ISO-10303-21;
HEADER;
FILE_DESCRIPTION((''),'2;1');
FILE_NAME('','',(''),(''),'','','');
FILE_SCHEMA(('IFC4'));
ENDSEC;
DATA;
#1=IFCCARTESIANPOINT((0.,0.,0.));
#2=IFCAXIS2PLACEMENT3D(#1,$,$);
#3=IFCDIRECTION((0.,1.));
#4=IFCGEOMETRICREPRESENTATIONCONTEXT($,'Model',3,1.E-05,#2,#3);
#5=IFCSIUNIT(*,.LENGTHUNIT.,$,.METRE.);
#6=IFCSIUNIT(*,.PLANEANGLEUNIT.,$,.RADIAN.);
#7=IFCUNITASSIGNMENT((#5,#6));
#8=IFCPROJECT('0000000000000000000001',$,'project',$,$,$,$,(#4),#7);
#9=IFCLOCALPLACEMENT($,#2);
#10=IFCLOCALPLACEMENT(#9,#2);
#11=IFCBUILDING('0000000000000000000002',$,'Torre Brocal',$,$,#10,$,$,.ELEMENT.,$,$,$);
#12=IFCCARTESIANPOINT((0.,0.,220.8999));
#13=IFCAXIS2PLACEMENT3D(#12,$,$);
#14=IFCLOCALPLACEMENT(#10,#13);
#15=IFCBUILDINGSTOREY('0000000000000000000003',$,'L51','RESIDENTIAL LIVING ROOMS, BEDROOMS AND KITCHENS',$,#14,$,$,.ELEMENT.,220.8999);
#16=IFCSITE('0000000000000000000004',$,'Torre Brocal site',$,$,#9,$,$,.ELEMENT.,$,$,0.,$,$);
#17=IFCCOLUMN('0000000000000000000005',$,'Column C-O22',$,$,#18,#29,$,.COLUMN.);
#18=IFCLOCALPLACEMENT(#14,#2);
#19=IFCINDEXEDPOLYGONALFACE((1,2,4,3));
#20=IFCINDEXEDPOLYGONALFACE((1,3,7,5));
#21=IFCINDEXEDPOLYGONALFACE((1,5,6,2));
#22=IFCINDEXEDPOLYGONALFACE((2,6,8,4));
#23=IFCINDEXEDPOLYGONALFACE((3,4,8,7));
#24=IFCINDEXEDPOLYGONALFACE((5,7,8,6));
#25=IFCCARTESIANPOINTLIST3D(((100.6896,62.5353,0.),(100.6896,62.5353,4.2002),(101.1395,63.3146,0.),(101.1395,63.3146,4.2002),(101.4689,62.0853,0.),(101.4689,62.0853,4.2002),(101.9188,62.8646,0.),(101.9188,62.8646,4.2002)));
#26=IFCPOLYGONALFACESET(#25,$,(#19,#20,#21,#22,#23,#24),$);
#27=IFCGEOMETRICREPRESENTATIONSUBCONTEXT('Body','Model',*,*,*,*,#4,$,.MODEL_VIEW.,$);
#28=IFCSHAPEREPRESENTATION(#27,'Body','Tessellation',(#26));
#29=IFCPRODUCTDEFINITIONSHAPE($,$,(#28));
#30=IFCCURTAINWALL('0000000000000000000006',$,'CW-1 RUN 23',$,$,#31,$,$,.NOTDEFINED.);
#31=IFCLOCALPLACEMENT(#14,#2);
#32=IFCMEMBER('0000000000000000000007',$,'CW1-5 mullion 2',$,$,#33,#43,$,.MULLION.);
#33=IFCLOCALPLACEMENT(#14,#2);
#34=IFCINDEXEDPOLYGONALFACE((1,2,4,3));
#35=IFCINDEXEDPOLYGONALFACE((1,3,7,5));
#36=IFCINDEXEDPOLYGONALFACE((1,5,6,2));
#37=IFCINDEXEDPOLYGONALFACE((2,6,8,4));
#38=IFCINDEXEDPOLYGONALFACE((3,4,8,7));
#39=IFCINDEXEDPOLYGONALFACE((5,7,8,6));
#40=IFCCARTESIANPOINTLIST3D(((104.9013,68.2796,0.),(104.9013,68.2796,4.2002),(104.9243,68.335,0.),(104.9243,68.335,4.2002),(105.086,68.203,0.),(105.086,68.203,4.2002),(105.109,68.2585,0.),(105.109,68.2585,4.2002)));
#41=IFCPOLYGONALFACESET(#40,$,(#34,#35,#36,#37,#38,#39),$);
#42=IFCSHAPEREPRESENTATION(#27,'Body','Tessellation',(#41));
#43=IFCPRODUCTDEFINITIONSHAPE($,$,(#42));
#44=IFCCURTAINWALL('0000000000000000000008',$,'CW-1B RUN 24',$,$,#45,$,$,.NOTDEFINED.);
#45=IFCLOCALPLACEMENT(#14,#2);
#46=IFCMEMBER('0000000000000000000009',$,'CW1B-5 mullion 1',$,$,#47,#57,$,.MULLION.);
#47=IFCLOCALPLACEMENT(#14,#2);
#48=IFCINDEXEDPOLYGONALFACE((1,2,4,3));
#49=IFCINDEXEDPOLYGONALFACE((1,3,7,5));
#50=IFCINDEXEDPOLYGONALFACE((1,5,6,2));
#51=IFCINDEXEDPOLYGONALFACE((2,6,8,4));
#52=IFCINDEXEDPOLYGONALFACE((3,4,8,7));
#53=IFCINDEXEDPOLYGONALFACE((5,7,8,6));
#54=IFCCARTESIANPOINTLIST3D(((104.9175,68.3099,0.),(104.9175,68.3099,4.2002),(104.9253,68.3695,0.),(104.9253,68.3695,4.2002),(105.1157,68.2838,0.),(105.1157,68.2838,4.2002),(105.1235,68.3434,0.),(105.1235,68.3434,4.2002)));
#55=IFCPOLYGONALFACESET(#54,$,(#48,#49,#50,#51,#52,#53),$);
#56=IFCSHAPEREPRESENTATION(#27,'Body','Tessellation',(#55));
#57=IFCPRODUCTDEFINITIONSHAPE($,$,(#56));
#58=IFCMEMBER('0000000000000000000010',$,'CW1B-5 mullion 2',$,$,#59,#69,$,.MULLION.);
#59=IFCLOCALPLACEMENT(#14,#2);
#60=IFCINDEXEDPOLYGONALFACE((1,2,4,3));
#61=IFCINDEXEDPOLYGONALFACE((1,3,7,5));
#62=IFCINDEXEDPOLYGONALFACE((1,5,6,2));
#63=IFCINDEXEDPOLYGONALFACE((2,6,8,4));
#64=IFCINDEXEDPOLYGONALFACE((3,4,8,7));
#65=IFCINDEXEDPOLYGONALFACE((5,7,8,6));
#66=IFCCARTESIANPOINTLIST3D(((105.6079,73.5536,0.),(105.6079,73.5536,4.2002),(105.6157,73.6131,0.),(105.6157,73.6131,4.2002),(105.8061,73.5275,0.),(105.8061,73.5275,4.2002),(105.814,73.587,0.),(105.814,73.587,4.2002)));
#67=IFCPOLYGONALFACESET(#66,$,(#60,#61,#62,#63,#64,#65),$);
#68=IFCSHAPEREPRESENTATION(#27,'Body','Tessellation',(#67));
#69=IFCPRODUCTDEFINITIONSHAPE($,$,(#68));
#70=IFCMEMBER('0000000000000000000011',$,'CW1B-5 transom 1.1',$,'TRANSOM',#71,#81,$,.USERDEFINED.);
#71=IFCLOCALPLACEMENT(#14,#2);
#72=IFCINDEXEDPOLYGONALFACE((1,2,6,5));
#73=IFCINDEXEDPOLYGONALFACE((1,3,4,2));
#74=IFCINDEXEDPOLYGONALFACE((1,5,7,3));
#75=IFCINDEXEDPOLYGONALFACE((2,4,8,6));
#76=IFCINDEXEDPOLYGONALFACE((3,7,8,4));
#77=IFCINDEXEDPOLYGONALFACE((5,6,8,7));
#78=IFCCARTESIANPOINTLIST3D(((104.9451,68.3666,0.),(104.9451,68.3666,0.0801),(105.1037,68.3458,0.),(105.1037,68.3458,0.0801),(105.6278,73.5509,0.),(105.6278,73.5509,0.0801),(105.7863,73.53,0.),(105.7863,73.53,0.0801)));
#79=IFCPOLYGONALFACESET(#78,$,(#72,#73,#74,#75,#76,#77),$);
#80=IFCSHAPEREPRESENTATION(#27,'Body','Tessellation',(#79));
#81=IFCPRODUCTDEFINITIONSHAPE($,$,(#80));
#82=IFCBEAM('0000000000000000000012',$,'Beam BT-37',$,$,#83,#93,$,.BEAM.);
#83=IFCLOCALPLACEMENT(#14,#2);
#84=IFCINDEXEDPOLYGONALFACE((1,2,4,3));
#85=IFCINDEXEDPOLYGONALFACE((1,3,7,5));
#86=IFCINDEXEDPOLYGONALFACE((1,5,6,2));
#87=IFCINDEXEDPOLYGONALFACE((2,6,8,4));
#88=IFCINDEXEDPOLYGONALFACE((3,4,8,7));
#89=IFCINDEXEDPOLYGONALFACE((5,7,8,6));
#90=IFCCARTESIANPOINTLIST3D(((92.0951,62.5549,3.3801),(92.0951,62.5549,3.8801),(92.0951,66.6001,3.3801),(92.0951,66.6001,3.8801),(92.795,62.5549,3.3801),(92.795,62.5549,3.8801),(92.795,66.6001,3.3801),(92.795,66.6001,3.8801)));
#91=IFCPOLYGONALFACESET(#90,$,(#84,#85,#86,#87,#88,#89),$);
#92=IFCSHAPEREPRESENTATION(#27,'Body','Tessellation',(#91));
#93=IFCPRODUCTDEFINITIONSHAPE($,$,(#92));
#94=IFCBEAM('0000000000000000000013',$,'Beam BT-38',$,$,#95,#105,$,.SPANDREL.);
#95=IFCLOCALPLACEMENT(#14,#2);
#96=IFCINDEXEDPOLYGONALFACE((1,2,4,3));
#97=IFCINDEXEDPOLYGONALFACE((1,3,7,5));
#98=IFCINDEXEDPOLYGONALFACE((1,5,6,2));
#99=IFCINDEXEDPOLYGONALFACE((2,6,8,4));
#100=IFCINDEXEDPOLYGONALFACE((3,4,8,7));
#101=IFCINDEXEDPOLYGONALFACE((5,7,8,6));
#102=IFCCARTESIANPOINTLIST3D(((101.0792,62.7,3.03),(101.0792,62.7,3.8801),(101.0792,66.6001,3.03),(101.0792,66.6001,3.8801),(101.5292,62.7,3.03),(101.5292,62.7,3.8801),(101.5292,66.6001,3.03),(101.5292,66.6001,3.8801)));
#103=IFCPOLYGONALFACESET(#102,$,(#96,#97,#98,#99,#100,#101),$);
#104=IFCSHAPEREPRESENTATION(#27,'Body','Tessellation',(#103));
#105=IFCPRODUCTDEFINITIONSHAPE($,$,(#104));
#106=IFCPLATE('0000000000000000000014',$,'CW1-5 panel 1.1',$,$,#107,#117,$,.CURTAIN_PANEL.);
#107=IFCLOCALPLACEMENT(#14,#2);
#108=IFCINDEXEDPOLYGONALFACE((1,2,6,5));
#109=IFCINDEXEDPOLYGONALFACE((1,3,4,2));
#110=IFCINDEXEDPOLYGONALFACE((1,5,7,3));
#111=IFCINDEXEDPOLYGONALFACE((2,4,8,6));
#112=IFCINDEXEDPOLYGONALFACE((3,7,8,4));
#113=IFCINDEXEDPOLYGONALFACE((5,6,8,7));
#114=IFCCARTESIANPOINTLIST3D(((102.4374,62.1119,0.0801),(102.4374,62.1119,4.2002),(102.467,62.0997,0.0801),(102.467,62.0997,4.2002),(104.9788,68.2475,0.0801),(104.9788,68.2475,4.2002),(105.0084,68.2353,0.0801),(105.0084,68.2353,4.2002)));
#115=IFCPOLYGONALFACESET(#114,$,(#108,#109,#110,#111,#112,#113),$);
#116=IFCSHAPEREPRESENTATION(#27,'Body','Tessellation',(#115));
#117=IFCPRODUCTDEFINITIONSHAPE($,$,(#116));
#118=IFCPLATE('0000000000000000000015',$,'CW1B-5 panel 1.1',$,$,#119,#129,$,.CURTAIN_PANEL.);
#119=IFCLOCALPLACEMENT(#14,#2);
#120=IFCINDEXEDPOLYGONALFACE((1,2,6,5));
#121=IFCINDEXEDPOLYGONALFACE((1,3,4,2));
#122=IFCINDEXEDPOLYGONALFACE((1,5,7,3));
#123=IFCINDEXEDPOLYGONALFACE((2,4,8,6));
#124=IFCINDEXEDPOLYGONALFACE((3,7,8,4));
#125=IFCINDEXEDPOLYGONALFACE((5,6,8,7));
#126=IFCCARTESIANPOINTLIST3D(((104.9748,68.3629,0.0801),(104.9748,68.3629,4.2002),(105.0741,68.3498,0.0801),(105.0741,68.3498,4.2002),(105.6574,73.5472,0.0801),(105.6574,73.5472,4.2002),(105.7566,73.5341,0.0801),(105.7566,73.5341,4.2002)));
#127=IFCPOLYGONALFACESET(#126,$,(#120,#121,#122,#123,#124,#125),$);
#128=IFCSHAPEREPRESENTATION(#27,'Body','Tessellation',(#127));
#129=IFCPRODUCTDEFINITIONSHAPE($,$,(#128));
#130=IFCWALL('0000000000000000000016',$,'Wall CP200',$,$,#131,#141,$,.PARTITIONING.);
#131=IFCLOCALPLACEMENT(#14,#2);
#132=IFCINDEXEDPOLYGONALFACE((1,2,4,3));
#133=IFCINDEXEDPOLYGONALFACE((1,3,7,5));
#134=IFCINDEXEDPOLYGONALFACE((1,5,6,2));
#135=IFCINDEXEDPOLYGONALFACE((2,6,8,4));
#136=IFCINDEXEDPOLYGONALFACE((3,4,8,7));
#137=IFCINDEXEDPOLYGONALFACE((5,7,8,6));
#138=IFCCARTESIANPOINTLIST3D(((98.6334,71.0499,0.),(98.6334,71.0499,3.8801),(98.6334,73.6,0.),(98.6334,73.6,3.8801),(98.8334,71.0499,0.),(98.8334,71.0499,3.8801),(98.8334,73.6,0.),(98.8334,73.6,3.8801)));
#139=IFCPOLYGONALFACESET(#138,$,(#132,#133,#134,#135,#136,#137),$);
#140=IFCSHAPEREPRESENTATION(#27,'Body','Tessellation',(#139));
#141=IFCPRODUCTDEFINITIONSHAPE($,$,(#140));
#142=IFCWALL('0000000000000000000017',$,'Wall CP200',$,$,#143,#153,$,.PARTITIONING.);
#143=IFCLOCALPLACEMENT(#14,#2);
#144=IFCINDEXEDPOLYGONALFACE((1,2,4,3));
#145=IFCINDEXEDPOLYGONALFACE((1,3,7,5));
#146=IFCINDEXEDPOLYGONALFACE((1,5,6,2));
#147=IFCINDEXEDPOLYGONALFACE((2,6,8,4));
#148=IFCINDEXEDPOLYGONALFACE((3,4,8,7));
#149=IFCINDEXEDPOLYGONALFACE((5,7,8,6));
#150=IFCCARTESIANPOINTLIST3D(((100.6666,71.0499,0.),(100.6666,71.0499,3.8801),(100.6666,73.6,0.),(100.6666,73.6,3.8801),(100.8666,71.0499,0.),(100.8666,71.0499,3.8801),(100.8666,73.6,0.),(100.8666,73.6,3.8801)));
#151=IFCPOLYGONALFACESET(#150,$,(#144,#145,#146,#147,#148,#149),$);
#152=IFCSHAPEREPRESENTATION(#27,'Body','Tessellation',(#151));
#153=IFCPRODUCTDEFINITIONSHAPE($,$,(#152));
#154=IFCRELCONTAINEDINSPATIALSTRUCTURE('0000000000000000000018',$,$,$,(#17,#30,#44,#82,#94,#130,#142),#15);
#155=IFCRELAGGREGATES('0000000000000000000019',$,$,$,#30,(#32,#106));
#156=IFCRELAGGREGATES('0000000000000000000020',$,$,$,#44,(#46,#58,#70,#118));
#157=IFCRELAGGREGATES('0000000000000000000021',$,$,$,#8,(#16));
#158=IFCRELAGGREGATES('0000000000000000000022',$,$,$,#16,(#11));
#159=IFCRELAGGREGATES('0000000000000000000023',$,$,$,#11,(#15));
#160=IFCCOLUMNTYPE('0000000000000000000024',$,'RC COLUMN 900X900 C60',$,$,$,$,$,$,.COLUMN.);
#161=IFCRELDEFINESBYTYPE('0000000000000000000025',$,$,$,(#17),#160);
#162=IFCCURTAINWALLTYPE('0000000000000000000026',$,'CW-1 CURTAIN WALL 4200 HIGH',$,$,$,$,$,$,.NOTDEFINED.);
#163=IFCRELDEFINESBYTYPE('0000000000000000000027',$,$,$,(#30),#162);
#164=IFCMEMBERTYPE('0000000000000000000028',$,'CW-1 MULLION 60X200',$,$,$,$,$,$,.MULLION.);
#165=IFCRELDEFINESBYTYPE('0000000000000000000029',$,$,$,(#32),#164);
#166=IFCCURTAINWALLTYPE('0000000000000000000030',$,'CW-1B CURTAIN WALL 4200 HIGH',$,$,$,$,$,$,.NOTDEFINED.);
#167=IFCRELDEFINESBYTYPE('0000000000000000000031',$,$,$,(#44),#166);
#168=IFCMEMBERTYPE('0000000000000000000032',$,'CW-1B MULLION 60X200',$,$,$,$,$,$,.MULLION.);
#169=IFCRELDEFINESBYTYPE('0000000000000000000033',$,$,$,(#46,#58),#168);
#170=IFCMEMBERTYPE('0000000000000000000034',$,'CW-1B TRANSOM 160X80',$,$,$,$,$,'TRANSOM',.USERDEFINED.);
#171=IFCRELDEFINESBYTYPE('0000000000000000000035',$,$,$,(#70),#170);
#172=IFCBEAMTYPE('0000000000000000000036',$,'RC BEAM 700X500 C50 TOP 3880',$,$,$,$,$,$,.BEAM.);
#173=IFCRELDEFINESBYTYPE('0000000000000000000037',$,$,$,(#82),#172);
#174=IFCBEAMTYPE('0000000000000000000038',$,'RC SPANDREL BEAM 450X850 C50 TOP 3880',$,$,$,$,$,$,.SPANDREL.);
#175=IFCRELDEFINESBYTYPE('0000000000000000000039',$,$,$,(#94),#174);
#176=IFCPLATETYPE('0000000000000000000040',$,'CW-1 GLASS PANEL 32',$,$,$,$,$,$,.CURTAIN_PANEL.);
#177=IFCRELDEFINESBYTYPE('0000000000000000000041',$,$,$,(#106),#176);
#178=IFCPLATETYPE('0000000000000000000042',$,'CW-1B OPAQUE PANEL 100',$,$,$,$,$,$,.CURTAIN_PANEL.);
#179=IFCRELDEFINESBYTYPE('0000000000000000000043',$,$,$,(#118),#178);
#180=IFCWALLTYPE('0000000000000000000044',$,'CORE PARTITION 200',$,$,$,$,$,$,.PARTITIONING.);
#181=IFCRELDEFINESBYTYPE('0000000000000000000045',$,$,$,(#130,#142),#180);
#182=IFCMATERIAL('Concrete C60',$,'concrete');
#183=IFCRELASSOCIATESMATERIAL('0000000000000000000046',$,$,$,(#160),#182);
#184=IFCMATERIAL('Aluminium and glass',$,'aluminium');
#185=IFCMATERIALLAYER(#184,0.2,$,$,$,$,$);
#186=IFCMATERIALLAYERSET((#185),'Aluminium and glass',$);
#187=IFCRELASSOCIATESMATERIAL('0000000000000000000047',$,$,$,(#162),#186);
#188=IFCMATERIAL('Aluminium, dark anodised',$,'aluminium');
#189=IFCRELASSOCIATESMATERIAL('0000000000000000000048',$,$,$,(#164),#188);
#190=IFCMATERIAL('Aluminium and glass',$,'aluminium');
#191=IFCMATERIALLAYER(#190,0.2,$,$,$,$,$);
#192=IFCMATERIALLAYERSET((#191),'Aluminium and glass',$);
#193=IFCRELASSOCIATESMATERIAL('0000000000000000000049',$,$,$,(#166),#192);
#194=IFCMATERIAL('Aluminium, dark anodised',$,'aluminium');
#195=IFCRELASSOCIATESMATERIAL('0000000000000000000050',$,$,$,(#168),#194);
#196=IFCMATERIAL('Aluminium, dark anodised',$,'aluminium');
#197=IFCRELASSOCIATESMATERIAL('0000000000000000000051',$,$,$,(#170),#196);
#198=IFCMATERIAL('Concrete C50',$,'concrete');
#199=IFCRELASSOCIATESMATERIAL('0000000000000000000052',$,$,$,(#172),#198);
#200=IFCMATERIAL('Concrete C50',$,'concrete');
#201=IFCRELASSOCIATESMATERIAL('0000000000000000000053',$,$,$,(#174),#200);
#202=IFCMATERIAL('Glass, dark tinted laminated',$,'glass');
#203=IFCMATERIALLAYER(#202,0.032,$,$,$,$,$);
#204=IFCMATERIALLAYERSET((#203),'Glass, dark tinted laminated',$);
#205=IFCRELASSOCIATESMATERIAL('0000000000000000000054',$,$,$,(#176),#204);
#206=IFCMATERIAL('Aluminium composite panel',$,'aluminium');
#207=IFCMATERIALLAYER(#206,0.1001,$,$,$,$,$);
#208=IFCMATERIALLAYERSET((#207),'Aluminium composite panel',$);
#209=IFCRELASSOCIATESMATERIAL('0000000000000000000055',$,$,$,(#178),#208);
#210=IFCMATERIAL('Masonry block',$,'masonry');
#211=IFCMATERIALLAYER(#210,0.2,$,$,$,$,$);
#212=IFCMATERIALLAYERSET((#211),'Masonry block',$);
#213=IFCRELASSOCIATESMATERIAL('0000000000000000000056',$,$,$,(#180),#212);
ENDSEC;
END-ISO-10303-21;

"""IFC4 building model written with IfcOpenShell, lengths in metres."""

from ifc_helpers import new_model, si_unit, direction, frame, frame_2d, origin, origin_2d, place, context, subcontext, project, spatial, rectangle, extrude, material, layer, layer_set, material_profile, profile_set, type_object, element, aggregate, save


model = new_model("IFC4")

# Units and contexts
model_context = context("Model", 3, precision=1e-05, world=origin(), true_north=direction((0.0, 1.0)))
body_context = subcontext(model_context, "Body", "Model", "MODEL_VIEW")
ifc_project = project(units=[si_unit("LENGTHUNIT", "METRE"), si_unit("PLANEANGLEUNIT", "RADIAN")], contexts=[model_context])

# Site, building, storey
site_placement = place(None, origin())
site = spatial("IfcSite", under=ifc_project, at=site_placement, Name="Torre Brocal site", CompositionType="ELEMENT", RefElevation=0.0)
building_placement = place(site_placement, origin())
building = spatial("IfcBuilding", under=site, at=building_placement, Name="Torre Brocal", CompositionType="ELEMENT")
storey_placement = place(building_placement, frame((0.0, 0.0, 220.8999)))
storey = spatial("IfcBuildingStorey", under=building, at=storey_placement, Name="L51", Description="RESIDENTIAL LIVING ROOMS, BEDROOMS AND KITCHENS", CompositionType="ELEMENT", Elevation=220.8999)

# Column
ifc_material_1 = material(Name="Concrete C60", Category="concrete")
ifc_material_profile_1 = material_profile(ifc_material_1, rectangle(XDim=0.8999, YDim=0.8999, at=origin_2d()), Name="RC 900X900")
ifc_profile_set_1 = profile_set([ifc_material_profile_1], Name="Concrete C60")
column_type = type_object("IfcColumnType", Name="RC COLUMN 900X900 C60", PredefinedType="COLUMN", material=ifc_profile_set_1)
column_placement = place(storey_placement, frame((101.3042, 62.7, 0.0), z_axis=(0.0, 0.0, 1.0), x_axis=(0.866025, -0.5, 0.0)))
element("IfcColumn", 1, at=column_placement, inside=storey, type_object=column_type, Name="Column C-O22", PredefinedType="COLUMN", context=body_context, shape_type="SweptSolid", body=[
    extrude(rectangle(XDim=0.8999, YDim=0.8999, at=origin_2d()), origin(), (0.0, 0.0, 1.0), 4.2002),
])

# Curtain wall, member
ifc_material_2 = material(Name="Aluminium and glass", Category="aluminium")
ifc_layer_1 = layer(ifc_material_2, 0.2)
ifc_layer_set_1 = layer_set([ifc_layer_1], Name="Aluminium and glass")
curtain_wall_type_1 = type_object("IfcCurtainWallType", Name="CW-1 CURTAIN WALL 4200 HIGH", PredefinedType="NOTDEFINED", material=ifc_layer_set_1)
curtain_wall_1_placement = place(storey_placement, origin())
curtain_wall_1 = element("IfcCurtainWall", 2, at=curtain_wall_1_placement, inside=storey, type_object=curtain_wall_type_1, Name="CW-1 RUN 23", PredefinedType="NOTDEFINED")
ifc_material_3 = material(Name="Aluminium, dark anodised", Category="aluminium")
ifc_material_profile_2 = material_profile(ifc_material_3, rectangle(XDim=0.2, YDim=0.0601, at=origin_2d()), Name="CW-1 MULLION 60X200")
ifc_profile_set_2 = profile_set([ifc_material_profile_2], Name="Aluminium, dark anodised")
member_type_1 = type_object("IfcMemberType", Name="CW-1 MULLION 60X200", PredefinedType="MULLION", material=ifc_profile_set_2)
member_1_placement = place(storey_placement, frame((105.0051, 68.269, 0.0), z_axis=(0.0, 0.0, 1.0), x_axis=(-0.92388, 0.382683, 0.0)))
member_1 = element("IfcMember", 3, at=member_1_placement, type_object=member_type_1, Name="CW1-5 mullion 2", PredefinedType="MULLION", context=body_context, shape_type="SweptSolid", body=[
    extrude(rectangle(XDim=0.2, YDim=0.0601, at=origin_2d()), origin(), (0.0, 0.0, 1.0), 4.2002),
])

# Curtain wall, members
ifc_material_4 = material(Name="Aluminium and glass", Category="aluminium")
ifc_layer_2 = layer(ifc_material_4, 0.2)
ifc_layer_set_2 = layer_set([ifc_layer_2], Name="Aluminium and glass")
curtain_wall_type_2 = type_object("IfcCurtainWallType", Name="CW-1B CURTAIN WALL 4200 HIGH", PredefinedType="NOTDEFINED", material=ifc_layer_set_2)
curtain_wall_2_placement = place(storey_placement, origin())
curtain_wall_2 = element("IfcCurtainWall", 4, at=curtain_wall_2_placement, inside=storey, type_object=curtain_wall_type_2, Name="CW-1B RUN 24", PredefinedType="NOTDEFINED")
ifc_material_5 = material(Name="Aluminium, dark anodised", Category="aluminium")
ifc_material_profile_3 = material_profile(ifc_material_5, rectangle(XDim=0.2, YDim=0.0601, at=origin_2d()), Name="CW-1B MULLION 60X200")
ifc_profile_set_3 = profile_set([ifc_material_profile_3], Name="Aluminium, dark anodised")
member_type_2 = type_object("IfcMemberType", Name="CW-1B MULLION 60X200", PredefinedType="MULLION", material=ifc_profile_set_3)
member_2_placement = place(storey_placement, frame((105.0205, 68.3267, 0.0), z_axis=(0.0, 0.0, 1.0), x_axis=(-0.991445, 0.130526, 0.0)))
member_2 = element("IfcMember", 5, at=member_2_placement, type_object=member_type_2, Name="CW1B-5 mullion 1", PredefinedType="MULLION", context=body_context, shape_type="SweptSolid", body=[
    extrude(rectangle(XDim=0.2, YDim=0.0601, at=origin_2d()), origin(), (0.0, 0.0, 1.0), 4.2002),
])
member_3_placement = place(storey_placement, frame((105.7109, 73.5703, 0.0), z_axis=(0.0, 0.0, 1.0), x_axis=(-0.991445, 0.130526, 0.0)))
member_3 = element("IfcMember", 6, at=member_3_placement, type_object=member_type_2, Name="CW1B-5 mullion 2", PredefinedType="MULLION", context=body_context, shape_type="SweptSolid", body=[
    extrude(rectangle(XDim=0.2, YDim=0.0601, at=origin_2d()), origin(), (0.0, 0.0, 1.0), 4.2002),
])
ifc_material_6 = material(Name="Aluminium, dark anodised", Category="aluminium")
ifc_material_profile_4 = material_profile(ifc_material_6, rectangle(XDim=0.1599, YDim=0.0801, at=origin_2d()), Name="CW-1B TRANSOM 160X80")
ifc_profile_set_4 = profile_set([ifc_material_profile_4], Name="Aluminium, dark anodised")
member_type_3 = type_object("IfcMemberType", Name="CW-1B TRANSOM 160X80", ElementType="TRANSOM", PredefinedType="USERDEFINED", material=ifc_profile_set_4)
member_4_placement = place(storey_placement, frame((105.0244, 68.3562, 0.04), z_axis=(0.130543, 0.991443, 0.0), x_axis=(-0.991443, 0.130543, 0.0)))
member_4 = element("IfcMember", 7, at=member_4_placement, type_object=member_type_3, Name="CW1B-5 transom 1.1", ObjectType="TRANSOM", PredefinedType="USERDEFINED", context=body_context, shape_type="SweptSolid", body=[
    extrude(rectangle(XDim=0.1599, YDim=0.0801, at=origin_2d()), origin(), (0.0, 0.0, 1.0), 5.229),
])

# Beams
ifc_material_7 = material(Name="Concrete C50", Category="concrete")
ifc_material_profile_5 = material_profile(ifc_material_7, rectangle(XDim=0.7, YDim=0.5, at=origin_2d()), Name="RC 700X500")
ifc_profile_set_5 = profile_set([ifc_material_profile_5], Name="Concrete C50")
beam_type_1 = type_object("IfcBeamType", Name="RC BEAM 700X500 C50 TOP 3880", PredefinedType="BEAM", material=ifc_profile_set_5)
beam_1_placement = place(storey_placement, frame((92.4451, 62.5549, 3.6301), z_axis=(0.0, 1.0, 0.0), x_axis=(-1.0, 0.0, 0.0)))
element("IfcBeam", 8, at=beam_1_placement, inside=storey, type_object=beam_type_1, Name="Beam BT-37", PredefinedType="BEAM", context=body_context, shape_type="SweptSolid", body=[
    extrude(rectangle(XDim=0.7, YDim=0.5, at=origin_2d()), origin(), (0.0, 0.0, 1.0), 4.0452),
])
ifc_material_8 = material(Name="Concrete C50", Category="concrete")
ifc_material_profile_6 = material_profile(ifc_material_8, rectangle(XDim=0.45, YDim=0.8501, at=origin_2d()), Name="RC 450X850")
ifc_profile_set_6 = profile_set([ifc_material_profile_6], Name="Concrete C50")
beam_type_2 = type_object("IfcBeamType", Name="RC SPANDREL BEAM 450X850 C50 TOP 3880", PredefinedType="SPANDREL", material=ifc_profile_set_6)
beam_2_placement = place(storey_placement, frame((101.3042, 62.7, 3.4551), z_axis=(0.0, 1.0, 0.0), x_axis=(-1.0, 0.0, 0.0)))
element("IfcBeam", 9, at=beam_2_placement, inside=storey, type_object=beam_type_2, Name="Beam BT-38", PredefinedType="SPANDREL", context=body_context, shape_type="SweptSolid", body=[
    extrude(rectangle(XDim=0.45, YDim=0.8501, at=origin_2d()), origin(), (0.0, 0.0, 1.0), 3.9001),
])

# Plates
ifc_material_9 = material(Name="Glass, dark tinted laminated", Category="glass")
ifc_layer_3 = layer(ifc_material_9, 0.032)
ifc_layer_set_3 = layer_set([ifc_layer_3], Name="Glass, dark tinted laminated")
plate_type_1 = type_object("IfcPlateType", Name="CW-1 GLASS PANEL 32", PredefinedType="CURTAIN_PANEL", material=ifc_layer_set_3)
plate_1_placement = place(storey_placement, frame((103.7229, 65.1736, 0.0801), z_axis=(0.0, 0.0, 1.0), x_axis=(0.382683, 0.92388, 0.0)))
plate_1 = element("IfcPlate", 10, at=plate_1_placement, type_object=plate_type_1, Name="CW1-5 panel 1.1", PredefinedType="CURTAIN_PANEL", context=body_context, shape_type="SweptSolid", body=[
    extrude(rectangle(XDim=6.6411, YDim=0.032, at=origin_2d()), origin(), (0.0, 0.0, 1.0), 4.1201),
])
aggregate(curtain_wall_1, [member_1, plate_1])
ifc_material_10 = material(Name="Aluminium composite panel", Category="aluminium")
ifc_layer_4 = layer(ifc_material_10, 0.1001)
ifc_layer_set_4 = layer_set([ifc_layer_4], Name="Aluminium composite panel")
plate_type_2 = type_object("IfcPlateType", Name="CW-1B OPAQUE PANEL 100", PredefinedType="CURTAIN_PANEL", material=ifc_layer_set_4)
plate_2_placement = place(storey_placement, frame((105.3657, 70.9485, 0.0801), z_axis=(0.0, 0.0, 1.0), x_axis=(0.130526, 0.991445, 0.0)))
plate_2 = element("IfcPlate", 11, at=plate_2_placement, type_object=plate_type_2, Name="CW1B-5 panel 1.1", PredefinedType="CURTAIN_PANEL", context=body_context, shape_type="SweptSolid", body=[
    extrude(rectangle(XDim=5.229, YDim=0.1001, at=origin_2d()), origin(), (0.0, 0.0, 1.0), 4.1201),
])
aggregate(curtain_wall_2, [member_2, member_3, member_4, plate_2])

# Walls
ifc_material_11 = material(Name="Masonry block", Category="masonry")
ifc_layer_5 = layer(ifc_material_11, 0.2)
ifc_layer_set_5 = layer_set([ifc_layer_5], Name="Masonry block")
wall_type_1 = type_object("IfcWallType", Name="CORE PARTITION 200", PredefinedType="PARTITIONING", material=ifc_layer_set_5)
for number, where, z_axis, x_axis, name in (
    (12, (98.7334, 71.05, 0.0), (0.0, 0.0, 1.0), (0.0, 1.0, 0.0), "Wall CP200"),
    (13, (100.7666, 71.05, 0.0), (0.0, 0.0, 1.0), (0.0, 1.0, 0.0), "Wall CP200"),
):
    element("IfcWall", number, at=place(storey_placement, frame(where, z_axis=z_axis, x_axis=x_axis)), inside=storey, type_object=wall_type_1, Name=name, PredefinedType="PARTITIONING", context=body_context, shape_type="SweptSolid", body=[
        extrude(rectangle(XDim=2.55, YDim=0.2, at=frame_2d((1.2749, 0.0))), origin(), (0.0, 0.0, 1.0), 3.8801),
    ])

save(model, "model.ifc")
